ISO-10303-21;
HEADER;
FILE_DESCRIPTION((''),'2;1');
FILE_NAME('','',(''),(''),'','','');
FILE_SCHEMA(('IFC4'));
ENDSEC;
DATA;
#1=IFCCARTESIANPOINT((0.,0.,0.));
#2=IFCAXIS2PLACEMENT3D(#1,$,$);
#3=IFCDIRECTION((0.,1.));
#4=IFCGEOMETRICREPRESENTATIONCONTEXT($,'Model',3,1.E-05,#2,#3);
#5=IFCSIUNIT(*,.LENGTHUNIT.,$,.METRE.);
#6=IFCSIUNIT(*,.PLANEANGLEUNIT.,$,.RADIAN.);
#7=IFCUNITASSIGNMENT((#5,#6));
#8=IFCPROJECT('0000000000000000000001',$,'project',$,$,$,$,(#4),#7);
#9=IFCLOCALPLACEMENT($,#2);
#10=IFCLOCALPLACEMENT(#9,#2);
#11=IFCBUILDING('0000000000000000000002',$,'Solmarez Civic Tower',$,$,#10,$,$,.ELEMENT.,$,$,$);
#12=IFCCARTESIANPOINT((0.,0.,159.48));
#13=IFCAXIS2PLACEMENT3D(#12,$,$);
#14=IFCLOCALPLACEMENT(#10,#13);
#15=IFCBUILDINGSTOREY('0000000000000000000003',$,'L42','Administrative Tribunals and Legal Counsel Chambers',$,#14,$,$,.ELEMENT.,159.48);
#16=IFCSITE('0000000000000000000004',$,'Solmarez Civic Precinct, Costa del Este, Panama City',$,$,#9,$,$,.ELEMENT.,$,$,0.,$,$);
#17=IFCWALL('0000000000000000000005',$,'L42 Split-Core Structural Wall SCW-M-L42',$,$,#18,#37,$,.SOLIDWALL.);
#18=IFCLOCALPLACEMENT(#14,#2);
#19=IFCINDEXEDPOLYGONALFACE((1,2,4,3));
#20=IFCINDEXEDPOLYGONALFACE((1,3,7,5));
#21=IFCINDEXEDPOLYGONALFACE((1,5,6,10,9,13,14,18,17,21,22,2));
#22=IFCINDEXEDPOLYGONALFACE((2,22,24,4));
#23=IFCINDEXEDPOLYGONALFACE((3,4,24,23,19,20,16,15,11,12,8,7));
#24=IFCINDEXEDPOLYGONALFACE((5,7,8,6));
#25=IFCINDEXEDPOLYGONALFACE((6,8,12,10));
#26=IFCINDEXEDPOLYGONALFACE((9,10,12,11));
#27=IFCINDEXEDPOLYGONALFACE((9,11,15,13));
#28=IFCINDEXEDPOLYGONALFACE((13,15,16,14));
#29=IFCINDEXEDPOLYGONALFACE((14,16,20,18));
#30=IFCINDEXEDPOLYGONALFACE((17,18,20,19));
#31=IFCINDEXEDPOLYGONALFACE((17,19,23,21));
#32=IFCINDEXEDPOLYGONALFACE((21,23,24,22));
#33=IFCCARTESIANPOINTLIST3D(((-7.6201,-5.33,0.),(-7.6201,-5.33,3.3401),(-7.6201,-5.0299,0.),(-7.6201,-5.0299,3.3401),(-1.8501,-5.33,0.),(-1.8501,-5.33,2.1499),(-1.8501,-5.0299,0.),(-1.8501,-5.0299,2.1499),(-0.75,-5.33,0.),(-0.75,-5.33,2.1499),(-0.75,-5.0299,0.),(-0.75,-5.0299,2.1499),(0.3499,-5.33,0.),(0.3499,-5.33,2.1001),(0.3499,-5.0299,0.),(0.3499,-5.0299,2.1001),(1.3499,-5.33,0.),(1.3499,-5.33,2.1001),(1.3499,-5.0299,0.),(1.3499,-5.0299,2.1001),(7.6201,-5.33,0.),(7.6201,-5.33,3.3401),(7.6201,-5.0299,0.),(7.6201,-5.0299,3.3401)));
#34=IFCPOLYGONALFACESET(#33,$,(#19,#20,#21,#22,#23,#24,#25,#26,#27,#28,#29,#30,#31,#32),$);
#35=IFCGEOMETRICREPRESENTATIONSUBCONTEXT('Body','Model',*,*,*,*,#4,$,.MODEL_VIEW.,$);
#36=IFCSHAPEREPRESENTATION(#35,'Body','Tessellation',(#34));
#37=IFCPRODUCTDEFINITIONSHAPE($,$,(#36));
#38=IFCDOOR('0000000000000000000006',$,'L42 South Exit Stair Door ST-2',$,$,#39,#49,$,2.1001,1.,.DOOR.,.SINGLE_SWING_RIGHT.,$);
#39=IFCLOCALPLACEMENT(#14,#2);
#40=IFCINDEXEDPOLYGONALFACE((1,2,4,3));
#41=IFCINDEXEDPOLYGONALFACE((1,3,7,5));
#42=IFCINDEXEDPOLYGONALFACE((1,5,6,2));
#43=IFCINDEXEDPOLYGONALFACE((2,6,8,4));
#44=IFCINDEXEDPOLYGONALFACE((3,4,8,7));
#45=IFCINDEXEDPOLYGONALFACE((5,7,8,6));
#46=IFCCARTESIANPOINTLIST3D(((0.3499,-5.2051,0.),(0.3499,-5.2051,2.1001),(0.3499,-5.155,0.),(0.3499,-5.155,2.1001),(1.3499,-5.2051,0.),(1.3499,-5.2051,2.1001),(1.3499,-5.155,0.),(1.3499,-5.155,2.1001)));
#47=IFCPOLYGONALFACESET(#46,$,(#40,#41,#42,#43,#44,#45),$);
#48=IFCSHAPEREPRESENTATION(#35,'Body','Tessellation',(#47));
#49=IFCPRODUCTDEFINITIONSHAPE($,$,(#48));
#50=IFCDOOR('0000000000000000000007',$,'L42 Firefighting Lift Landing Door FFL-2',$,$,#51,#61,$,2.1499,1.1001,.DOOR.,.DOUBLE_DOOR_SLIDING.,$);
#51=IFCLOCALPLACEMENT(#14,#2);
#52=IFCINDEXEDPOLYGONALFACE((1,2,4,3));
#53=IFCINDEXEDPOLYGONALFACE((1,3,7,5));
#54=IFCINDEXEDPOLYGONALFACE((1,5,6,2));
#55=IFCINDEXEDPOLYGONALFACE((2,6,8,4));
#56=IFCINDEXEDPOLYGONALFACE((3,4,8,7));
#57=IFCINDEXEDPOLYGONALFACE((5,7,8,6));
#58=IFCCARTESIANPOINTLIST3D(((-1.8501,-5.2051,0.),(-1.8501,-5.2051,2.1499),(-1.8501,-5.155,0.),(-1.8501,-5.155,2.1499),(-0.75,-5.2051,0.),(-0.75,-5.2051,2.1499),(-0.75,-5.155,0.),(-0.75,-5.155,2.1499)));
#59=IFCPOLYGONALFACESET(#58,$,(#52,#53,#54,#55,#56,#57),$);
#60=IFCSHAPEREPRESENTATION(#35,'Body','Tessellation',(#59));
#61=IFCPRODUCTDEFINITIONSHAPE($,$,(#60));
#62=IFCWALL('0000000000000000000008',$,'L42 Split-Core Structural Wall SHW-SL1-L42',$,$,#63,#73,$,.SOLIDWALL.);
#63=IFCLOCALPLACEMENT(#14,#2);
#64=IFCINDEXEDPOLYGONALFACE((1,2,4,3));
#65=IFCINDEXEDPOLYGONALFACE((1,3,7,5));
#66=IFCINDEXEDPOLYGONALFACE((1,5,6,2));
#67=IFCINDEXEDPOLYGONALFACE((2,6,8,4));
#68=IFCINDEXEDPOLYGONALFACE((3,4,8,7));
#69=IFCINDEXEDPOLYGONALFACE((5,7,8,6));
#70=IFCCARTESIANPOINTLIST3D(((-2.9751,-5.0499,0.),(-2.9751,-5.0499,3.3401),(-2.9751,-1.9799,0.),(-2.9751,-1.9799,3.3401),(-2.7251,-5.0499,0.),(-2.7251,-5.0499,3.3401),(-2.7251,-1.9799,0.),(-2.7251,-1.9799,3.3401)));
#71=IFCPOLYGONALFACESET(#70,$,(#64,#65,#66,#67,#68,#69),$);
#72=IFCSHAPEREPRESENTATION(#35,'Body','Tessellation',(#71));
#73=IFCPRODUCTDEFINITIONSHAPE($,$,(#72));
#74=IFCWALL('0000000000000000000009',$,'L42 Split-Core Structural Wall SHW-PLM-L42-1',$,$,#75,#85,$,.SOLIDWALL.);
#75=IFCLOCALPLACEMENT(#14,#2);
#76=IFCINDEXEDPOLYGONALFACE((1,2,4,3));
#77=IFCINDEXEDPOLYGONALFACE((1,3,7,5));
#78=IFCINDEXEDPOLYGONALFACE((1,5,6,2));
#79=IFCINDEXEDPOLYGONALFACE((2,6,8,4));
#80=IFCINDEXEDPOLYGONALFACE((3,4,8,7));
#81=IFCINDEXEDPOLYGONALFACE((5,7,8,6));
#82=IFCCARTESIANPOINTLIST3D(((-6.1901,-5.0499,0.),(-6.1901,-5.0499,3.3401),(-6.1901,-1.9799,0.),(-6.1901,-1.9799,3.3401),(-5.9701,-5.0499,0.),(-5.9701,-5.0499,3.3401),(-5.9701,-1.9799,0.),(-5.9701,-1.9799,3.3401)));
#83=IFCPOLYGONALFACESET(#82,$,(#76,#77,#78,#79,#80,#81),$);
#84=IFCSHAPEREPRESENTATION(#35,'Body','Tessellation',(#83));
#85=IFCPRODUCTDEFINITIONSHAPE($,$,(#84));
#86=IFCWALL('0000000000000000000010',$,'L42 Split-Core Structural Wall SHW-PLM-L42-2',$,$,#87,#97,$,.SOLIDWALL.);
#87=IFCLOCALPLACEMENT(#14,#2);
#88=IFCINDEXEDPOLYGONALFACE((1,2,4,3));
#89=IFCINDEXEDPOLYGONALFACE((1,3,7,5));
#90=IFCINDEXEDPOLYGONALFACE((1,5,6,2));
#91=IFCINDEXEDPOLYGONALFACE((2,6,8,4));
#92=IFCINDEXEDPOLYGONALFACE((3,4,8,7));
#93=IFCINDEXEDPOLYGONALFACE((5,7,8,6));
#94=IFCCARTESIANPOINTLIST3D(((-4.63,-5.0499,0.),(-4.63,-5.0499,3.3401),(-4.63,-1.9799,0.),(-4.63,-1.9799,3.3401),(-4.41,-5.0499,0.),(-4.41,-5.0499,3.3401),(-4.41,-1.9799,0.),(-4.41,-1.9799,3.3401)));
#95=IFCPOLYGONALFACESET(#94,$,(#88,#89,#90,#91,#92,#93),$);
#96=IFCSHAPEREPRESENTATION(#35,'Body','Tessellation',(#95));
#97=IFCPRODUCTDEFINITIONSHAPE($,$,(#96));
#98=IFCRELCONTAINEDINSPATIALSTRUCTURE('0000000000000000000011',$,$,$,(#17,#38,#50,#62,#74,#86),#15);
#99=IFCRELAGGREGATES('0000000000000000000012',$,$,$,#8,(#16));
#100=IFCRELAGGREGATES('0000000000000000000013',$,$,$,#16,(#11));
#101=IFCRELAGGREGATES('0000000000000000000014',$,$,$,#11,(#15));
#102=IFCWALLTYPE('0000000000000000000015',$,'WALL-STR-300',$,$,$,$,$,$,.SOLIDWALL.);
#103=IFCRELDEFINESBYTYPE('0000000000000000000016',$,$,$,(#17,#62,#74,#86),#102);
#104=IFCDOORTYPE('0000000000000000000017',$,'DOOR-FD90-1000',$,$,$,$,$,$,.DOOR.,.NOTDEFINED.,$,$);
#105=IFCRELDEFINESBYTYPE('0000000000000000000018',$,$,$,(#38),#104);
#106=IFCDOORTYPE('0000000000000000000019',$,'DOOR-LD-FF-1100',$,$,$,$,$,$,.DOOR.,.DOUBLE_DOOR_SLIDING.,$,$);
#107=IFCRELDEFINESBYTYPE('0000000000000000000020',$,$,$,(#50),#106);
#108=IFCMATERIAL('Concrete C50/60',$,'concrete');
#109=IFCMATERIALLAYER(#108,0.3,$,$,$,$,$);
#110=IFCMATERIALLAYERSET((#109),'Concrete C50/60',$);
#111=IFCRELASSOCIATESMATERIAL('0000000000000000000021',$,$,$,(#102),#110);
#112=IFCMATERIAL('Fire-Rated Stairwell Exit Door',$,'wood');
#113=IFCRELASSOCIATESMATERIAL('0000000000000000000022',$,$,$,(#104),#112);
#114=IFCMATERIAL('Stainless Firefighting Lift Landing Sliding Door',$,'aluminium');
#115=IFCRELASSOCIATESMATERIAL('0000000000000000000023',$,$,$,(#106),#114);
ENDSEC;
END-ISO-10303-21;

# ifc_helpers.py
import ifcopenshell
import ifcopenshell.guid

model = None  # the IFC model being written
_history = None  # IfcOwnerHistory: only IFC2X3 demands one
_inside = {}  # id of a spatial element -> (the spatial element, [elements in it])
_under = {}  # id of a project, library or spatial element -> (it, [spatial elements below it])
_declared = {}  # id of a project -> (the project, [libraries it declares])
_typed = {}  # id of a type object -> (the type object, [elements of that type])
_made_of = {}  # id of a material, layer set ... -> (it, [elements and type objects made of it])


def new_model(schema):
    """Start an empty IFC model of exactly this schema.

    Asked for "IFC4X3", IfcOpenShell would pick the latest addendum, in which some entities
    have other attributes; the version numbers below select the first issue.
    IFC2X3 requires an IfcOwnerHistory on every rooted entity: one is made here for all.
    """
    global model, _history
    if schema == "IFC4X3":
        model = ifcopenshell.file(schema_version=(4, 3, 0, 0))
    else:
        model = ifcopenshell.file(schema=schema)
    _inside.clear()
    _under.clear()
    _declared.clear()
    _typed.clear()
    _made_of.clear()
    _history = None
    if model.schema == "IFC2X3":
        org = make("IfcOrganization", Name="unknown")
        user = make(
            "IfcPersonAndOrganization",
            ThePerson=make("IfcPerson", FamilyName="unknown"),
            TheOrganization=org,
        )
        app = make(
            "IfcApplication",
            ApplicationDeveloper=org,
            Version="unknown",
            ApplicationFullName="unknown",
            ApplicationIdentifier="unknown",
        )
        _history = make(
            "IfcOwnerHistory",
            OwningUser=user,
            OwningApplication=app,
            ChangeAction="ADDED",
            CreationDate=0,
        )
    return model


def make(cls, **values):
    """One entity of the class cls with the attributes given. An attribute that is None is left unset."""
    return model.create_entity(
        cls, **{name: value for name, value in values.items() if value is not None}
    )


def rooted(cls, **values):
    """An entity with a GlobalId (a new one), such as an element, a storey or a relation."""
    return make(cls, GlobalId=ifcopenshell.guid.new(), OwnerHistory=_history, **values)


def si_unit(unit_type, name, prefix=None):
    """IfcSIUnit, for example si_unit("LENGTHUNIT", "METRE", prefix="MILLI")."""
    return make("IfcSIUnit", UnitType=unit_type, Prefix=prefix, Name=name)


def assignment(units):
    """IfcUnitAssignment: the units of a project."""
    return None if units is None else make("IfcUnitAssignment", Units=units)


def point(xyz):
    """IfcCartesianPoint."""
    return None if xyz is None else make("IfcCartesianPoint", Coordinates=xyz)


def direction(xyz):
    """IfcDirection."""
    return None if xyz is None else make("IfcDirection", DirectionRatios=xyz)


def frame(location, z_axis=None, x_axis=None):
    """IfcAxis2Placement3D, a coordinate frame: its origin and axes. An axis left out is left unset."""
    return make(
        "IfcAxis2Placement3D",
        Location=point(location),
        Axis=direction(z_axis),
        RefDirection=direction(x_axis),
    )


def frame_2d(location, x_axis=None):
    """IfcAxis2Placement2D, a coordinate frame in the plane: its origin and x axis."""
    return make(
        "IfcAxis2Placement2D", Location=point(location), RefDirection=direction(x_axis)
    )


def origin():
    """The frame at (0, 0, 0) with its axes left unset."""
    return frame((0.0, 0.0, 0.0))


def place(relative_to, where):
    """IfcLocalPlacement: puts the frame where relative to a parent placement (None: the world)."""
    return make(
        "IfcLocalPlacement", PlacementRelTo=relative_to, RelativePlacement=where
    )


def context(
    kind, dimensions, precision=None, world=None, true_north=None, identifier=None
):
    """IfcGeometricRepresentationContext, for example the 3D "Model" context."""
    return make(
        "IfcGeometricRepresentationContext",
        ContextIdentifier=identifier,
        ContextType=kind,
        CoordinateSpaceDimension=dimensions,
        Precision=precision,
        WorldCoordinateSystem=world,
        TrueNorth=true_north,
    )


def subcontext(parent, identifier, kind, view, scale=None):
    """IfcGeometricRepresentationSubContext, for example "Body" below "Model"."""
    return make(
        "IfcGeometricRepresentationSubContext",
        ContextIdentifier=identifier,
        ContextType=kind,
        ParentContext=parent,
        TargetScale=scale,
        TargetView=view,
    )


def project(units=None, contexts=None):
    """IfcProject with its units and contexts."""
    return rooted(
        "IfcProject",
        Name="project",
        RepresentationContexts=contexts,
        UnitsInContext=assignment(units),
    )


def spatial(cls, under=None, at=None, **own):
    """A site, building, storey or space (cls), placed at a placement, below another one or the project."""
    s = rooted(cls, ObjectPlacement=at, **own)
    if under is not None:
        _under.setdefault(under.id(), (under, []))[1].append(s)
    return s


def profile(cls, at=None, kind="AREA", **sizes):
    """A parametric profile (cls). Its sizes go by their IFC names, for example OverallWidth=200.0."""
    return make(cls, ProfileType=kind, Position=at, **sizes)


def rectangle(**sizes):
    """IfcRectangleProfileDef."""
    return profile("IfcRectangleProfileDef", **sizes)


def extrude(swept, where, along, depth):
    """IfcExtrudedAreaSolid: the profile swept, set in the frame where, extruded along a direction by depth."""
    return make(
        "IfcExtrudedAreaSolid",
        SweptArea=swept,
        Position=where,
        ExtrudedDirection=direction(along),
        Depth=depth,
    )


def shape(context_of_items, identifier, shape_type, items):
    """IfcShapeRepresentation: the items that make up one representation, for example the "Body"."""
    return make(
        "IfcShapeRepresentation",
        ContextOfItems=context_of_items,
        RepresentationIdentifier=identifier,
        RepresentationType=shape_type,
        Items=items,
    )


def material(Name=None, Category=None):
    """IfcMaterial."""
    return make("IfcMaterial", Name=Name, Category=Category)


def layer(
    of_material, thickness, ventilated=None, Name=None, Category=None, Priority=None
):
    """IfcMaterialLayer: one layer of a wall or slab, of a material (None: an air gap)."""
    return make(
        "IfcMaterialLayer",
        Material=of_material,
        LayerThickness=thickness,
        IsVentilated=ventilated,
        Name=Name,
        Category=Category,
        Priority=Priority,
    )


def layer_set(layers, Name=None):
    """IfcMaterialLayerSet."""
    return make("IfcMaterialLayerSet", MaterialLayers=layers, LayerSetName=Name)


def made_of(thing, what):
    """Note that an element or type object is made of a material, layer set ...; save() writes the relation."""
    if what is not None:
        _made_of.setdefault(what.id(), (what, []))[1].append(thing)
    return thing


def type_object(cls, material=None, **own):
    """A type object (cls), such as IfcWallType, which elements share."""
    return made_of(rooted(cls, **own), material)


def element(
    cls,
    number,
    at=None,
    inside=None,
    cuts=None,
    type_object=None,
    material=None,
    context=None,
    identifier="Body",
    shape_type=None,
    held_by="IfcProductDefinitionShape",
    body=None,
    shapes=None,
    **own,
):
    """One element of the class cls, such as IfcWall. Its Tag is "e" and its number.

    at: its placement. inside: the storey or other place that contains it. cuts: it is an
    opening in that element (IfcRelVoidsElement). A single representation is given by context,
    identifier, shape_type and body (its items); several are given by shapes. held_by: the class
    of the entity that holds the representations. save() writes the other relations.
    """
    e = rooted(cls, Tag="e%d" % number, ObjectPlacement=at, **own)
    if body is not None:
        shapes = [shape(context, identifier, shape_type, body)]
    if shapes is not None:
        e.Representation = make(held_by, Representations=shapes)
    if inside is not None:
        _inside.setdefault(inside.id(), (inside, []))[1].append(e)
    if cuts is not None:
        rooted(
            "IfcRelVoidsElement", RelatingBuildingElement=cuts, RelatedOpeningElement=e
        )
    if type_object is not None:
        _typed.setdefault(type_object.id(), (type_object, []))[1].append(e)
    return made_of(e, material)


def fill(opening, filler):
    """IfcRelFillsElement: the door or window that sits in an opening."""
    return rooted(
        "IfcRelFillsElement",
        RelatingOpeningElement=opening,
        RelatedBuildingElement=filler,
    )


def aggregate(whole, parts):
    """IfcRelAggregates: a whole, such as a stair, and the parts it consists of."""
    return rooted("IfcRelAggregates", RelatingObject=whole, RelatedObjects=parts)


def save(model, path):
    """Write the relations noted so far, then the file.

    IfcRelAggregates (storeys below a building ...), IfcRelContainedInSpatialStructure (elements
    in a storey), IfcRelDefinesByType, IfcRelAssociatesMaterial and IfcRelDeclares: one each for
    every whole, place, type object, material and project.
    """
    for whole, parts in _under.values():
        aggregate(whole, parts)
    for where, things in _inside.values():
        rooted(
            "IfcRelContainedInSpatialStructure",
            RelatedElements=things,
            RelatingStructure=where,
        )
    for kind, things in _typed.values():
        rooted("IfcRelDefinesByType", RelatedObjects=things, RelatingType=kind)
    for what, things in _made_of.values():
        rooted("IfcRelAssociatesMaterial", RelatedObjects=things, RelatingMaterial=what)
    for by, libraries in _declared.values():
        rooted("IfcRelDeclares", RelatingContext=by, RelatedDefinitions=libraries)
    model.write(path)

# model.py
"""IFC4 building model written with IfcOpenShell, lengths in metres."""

from ifc_helpers import new_model, si_unit, direction, frame, frame_2d, origin, place, context, subcontext, project, spatial, rectangle, extrude, material, layer, layer_set, type_object, element, fill, save


model = new_model("IFC4")

# Units and contexts
model_context = context("Model", 3, precision=1e-05, world=origin(), true_north=direction((0.0, 1.0)))
body_context = subcontext(model_context, "Body", "Model", "MODEL_VIEW")
ifc_project = project(units=[si_unit("LENGTHUNIT", "METRE"), si_unit("PLANEANGLEUNIT", "RADIAN")], contexts=[model_context])

# Site, building, storey
site_placement = place(None, origin())
site = spatial("IfcSite", under=ifc_project, at=site_placement, Name="Solmarez Civic Precinct, Costa del Este, Panama City", CompositionType="ELEMENT", RefElevation=0.0)
building_placement = place(site_placement, origin())
building = spatial("IfcBuilding", under=site, at=building_placement, Name="Solmarez Civic Tower", CompositionType="ELEMENT")
storey_placement = place(building_placement, frame((0.0, 0.0, 159.48)))
storey = spatial("IfcBuildingStorey", under=building, at=storey_placement, Name="L42", Description="Administrative Tribunals and Legal Counsel Chambers", CompositionType="ELEMENT", Elevation=159.48)

# Shared definitions
ifc_material_1 = material(Name="Concrete C50/60", Category="concrete")

# Wall, openings, doors
ifc_layer_1 = layer(ifc_material_1, 0.3)
ifc_layer_set_1 = layer_set([ifc_layer_1], Name="Concrete C50/60")
wall_type_1 = type_object("IfcWallType", Name="WALL-STR-300", PredefinedType="SOLIDWALL", material=ifc_layer_set_1)
wall_1_placement = place(storey_placement, frame((-7.6201, -5.1799, 0.0), z_axis=(0.0, 0.0, 1.0), x_axis=(1.0, 0.0, 0.0)))
wall_1 = element("IfcWall", 1, at=wall_1_placement, inside=storey, type_object=wall_type_1, Name="L42 Split-Core Structural Wall SCW-M-L42", PredefinedType="SOLIDWALL", context=body_context, shape_type="SweptSolid", body=[
    extrude(rectangle(XDim=15.2402, YDim=0.3, at=frame_2d((7.6201, 0.0))), origin(), (0.0, 0.0, 1.0), 3.3401),
])
opening_1_placement = place(wall_1_placement, frame((5.77, 0.0, 0.0)))
opening_1 = element("IfcOpeningElement", 2, at=opening_1_placement, cuts=wall_1, PredefinedType="OPENING", context=body_context, shape_type="SweptSolid", body=[
    extrude(rectangle(XDim=1.1001, YDim=2.1499, at=frame_2d((0.55, 1.075))), frame((0.0, 0.1599, 0.0), z_axis=(0.0, -1.0, 0.0), x_axis=(1.0, 0.0, 0.0)), (0.0, 0.0, 1.0), 0.3201),
])
opening_2_placement = place(wall_1_placement, frame((7.97, 0.0, 0.0)))
opening_2 = element("IfcOpeningElement", 3, at=opening_2_placement, cuts=wall_1, PredefinedType="OPENING", context=body_context, shape_type="SweptSolid", body=[
    extrude(rectangle(XDim=1.0, YDim=2.1001, at=frame_2d((0.5, 1.05))), frame((0.0, 0.1599, 0.0), z_axis=(0.0, -1.0, 0.0), x_axis=(1.0, 0.0, 0.0)), (0.0, 0.0, 1.0), 0.3201),
])
ifc_material_2 = material(Name="Fire-Rated Stairwell Exit Door", Category="wood")
door_type_1 = type_object("IfcDoorType", Name="DOOR-FD90-1000", OperationType="NOTDEFINED", PredefinedType="DOOR", material=ifc_material_2)
door_1_placement = place(opening_2_placement, origin())
door_1 = element("IfcDoor", 4, at=door_1_placement, inside=storey, type_object=door_type_1, Name="L42 South Exit Stair Door ST-2", OperationType="SINGLE_SWING_RIGHT", OverallHeight=2.1001, OverallWidth=1.0, PredefinedType="DOOR", context=body_context, shape_type="SweptSolid", body=[
    extrude(rectangle(XDim=1.0, YDim=2.1001, at=frame_2d((0.5, 1.05))), frame((0.0, 0.0249, 0.0), z_axis=(0.0, -1.0, 0.0), x_axis=(1.0, 0.0, 0.0)), (0.0, 0.0, 1.0), 0.05),
])
fill(opening_2, door_1)
ifc_material_3 = material(Name="Stainless Firefighting Lift Landing Sliding Door", Category="aluminium")
door_type_2 = type_object("IfcDoorType", Name="DOOR-LD-FF-1100", OperationType="DOUBLE_DOOR_SLIDING", PredefinedType="DOOR", material=ifc_material_3)
door_2_placement = place(opening_1_placement, origin())
door_2 = element("IfcDoor", 5, at=door_2_placement, inside=storey, type_object=door_type_2, Name="L42 Firefighting Lift Landing Door FFL-2", OperationType="DOUBLE_DOOR_SLIDING", OverallHeight=2.1499, OverallWidth=1.1001, PredefinedType="DOOR", context=body_context, shape_type="SweptSolid", body=[
    extrude(rectangle(XDim=1.1001, YDim=2.1499, at=frame_2d((0.55, 1.075))), frame((0.0, 0.0249, 0.0), z_axis=(0.0, -1.0, 0.0), x_axis=(1.0, 0.0, 0.0)), (0.0, 0.0, 1.0), 0.05),
])
fill(opening_1, door_2)

# Walls
wall_2_placement = place(storey_placement, frame((-2.8501, -5.05, 0.0), z_axis=(0.0, 0.0, 1.0), x_axis=(0.0, 1.0, 0.0)))
element("IfcWall", 6, at=wall_2_placement, inside=storey, type_object=wall_type_1, Name="L42 Split-Core Structural Wall SHW-SL1-L42", PredefinedType="SOLIDWALL", context=body_context, shape_type="SweptSolid", body=[
    extrude(rectangle(XDim=3.0701, YDim=0.25, at=frame_2d((1.5352, 0.0))), origin(), (0.0, 0.0, 1.0), 3.3401),
])
for number, where, z_axis, x_axis, name in (
    (7, (-6.0801, -5.05, 0.0), (0.0, 0.0, 1.0), (0.0, 1.0, 0.0), "L42 Split-Core Structural Wall SHW-PLM-L42-1"),
    (8, (-4.52, -5.05, 0.0), (0.0, 0.0, 1.0), (0.0, 1.0, 0.0), "L42 Split-Core Structural Wall SHW-PLM-L42-2"),
):
    element("IfcWall", number, at=place(storey_placement, frame(where, z_axis=z_axis, x_axis=x_axis)), inside=storey, type_object=wall_type_1, Name=name, PredefinedType="SOLIDWALL", context=body_context, shape_type="SweptSolid", body=[
        extrude(rectangle(XDim=3.0701, YDim=0.22, at=frame_2d((1.5352, 0.0))), origin(), (0.0, 0.0, 1.0), 3.3401),
    ])

save(model, "model.ifc")
